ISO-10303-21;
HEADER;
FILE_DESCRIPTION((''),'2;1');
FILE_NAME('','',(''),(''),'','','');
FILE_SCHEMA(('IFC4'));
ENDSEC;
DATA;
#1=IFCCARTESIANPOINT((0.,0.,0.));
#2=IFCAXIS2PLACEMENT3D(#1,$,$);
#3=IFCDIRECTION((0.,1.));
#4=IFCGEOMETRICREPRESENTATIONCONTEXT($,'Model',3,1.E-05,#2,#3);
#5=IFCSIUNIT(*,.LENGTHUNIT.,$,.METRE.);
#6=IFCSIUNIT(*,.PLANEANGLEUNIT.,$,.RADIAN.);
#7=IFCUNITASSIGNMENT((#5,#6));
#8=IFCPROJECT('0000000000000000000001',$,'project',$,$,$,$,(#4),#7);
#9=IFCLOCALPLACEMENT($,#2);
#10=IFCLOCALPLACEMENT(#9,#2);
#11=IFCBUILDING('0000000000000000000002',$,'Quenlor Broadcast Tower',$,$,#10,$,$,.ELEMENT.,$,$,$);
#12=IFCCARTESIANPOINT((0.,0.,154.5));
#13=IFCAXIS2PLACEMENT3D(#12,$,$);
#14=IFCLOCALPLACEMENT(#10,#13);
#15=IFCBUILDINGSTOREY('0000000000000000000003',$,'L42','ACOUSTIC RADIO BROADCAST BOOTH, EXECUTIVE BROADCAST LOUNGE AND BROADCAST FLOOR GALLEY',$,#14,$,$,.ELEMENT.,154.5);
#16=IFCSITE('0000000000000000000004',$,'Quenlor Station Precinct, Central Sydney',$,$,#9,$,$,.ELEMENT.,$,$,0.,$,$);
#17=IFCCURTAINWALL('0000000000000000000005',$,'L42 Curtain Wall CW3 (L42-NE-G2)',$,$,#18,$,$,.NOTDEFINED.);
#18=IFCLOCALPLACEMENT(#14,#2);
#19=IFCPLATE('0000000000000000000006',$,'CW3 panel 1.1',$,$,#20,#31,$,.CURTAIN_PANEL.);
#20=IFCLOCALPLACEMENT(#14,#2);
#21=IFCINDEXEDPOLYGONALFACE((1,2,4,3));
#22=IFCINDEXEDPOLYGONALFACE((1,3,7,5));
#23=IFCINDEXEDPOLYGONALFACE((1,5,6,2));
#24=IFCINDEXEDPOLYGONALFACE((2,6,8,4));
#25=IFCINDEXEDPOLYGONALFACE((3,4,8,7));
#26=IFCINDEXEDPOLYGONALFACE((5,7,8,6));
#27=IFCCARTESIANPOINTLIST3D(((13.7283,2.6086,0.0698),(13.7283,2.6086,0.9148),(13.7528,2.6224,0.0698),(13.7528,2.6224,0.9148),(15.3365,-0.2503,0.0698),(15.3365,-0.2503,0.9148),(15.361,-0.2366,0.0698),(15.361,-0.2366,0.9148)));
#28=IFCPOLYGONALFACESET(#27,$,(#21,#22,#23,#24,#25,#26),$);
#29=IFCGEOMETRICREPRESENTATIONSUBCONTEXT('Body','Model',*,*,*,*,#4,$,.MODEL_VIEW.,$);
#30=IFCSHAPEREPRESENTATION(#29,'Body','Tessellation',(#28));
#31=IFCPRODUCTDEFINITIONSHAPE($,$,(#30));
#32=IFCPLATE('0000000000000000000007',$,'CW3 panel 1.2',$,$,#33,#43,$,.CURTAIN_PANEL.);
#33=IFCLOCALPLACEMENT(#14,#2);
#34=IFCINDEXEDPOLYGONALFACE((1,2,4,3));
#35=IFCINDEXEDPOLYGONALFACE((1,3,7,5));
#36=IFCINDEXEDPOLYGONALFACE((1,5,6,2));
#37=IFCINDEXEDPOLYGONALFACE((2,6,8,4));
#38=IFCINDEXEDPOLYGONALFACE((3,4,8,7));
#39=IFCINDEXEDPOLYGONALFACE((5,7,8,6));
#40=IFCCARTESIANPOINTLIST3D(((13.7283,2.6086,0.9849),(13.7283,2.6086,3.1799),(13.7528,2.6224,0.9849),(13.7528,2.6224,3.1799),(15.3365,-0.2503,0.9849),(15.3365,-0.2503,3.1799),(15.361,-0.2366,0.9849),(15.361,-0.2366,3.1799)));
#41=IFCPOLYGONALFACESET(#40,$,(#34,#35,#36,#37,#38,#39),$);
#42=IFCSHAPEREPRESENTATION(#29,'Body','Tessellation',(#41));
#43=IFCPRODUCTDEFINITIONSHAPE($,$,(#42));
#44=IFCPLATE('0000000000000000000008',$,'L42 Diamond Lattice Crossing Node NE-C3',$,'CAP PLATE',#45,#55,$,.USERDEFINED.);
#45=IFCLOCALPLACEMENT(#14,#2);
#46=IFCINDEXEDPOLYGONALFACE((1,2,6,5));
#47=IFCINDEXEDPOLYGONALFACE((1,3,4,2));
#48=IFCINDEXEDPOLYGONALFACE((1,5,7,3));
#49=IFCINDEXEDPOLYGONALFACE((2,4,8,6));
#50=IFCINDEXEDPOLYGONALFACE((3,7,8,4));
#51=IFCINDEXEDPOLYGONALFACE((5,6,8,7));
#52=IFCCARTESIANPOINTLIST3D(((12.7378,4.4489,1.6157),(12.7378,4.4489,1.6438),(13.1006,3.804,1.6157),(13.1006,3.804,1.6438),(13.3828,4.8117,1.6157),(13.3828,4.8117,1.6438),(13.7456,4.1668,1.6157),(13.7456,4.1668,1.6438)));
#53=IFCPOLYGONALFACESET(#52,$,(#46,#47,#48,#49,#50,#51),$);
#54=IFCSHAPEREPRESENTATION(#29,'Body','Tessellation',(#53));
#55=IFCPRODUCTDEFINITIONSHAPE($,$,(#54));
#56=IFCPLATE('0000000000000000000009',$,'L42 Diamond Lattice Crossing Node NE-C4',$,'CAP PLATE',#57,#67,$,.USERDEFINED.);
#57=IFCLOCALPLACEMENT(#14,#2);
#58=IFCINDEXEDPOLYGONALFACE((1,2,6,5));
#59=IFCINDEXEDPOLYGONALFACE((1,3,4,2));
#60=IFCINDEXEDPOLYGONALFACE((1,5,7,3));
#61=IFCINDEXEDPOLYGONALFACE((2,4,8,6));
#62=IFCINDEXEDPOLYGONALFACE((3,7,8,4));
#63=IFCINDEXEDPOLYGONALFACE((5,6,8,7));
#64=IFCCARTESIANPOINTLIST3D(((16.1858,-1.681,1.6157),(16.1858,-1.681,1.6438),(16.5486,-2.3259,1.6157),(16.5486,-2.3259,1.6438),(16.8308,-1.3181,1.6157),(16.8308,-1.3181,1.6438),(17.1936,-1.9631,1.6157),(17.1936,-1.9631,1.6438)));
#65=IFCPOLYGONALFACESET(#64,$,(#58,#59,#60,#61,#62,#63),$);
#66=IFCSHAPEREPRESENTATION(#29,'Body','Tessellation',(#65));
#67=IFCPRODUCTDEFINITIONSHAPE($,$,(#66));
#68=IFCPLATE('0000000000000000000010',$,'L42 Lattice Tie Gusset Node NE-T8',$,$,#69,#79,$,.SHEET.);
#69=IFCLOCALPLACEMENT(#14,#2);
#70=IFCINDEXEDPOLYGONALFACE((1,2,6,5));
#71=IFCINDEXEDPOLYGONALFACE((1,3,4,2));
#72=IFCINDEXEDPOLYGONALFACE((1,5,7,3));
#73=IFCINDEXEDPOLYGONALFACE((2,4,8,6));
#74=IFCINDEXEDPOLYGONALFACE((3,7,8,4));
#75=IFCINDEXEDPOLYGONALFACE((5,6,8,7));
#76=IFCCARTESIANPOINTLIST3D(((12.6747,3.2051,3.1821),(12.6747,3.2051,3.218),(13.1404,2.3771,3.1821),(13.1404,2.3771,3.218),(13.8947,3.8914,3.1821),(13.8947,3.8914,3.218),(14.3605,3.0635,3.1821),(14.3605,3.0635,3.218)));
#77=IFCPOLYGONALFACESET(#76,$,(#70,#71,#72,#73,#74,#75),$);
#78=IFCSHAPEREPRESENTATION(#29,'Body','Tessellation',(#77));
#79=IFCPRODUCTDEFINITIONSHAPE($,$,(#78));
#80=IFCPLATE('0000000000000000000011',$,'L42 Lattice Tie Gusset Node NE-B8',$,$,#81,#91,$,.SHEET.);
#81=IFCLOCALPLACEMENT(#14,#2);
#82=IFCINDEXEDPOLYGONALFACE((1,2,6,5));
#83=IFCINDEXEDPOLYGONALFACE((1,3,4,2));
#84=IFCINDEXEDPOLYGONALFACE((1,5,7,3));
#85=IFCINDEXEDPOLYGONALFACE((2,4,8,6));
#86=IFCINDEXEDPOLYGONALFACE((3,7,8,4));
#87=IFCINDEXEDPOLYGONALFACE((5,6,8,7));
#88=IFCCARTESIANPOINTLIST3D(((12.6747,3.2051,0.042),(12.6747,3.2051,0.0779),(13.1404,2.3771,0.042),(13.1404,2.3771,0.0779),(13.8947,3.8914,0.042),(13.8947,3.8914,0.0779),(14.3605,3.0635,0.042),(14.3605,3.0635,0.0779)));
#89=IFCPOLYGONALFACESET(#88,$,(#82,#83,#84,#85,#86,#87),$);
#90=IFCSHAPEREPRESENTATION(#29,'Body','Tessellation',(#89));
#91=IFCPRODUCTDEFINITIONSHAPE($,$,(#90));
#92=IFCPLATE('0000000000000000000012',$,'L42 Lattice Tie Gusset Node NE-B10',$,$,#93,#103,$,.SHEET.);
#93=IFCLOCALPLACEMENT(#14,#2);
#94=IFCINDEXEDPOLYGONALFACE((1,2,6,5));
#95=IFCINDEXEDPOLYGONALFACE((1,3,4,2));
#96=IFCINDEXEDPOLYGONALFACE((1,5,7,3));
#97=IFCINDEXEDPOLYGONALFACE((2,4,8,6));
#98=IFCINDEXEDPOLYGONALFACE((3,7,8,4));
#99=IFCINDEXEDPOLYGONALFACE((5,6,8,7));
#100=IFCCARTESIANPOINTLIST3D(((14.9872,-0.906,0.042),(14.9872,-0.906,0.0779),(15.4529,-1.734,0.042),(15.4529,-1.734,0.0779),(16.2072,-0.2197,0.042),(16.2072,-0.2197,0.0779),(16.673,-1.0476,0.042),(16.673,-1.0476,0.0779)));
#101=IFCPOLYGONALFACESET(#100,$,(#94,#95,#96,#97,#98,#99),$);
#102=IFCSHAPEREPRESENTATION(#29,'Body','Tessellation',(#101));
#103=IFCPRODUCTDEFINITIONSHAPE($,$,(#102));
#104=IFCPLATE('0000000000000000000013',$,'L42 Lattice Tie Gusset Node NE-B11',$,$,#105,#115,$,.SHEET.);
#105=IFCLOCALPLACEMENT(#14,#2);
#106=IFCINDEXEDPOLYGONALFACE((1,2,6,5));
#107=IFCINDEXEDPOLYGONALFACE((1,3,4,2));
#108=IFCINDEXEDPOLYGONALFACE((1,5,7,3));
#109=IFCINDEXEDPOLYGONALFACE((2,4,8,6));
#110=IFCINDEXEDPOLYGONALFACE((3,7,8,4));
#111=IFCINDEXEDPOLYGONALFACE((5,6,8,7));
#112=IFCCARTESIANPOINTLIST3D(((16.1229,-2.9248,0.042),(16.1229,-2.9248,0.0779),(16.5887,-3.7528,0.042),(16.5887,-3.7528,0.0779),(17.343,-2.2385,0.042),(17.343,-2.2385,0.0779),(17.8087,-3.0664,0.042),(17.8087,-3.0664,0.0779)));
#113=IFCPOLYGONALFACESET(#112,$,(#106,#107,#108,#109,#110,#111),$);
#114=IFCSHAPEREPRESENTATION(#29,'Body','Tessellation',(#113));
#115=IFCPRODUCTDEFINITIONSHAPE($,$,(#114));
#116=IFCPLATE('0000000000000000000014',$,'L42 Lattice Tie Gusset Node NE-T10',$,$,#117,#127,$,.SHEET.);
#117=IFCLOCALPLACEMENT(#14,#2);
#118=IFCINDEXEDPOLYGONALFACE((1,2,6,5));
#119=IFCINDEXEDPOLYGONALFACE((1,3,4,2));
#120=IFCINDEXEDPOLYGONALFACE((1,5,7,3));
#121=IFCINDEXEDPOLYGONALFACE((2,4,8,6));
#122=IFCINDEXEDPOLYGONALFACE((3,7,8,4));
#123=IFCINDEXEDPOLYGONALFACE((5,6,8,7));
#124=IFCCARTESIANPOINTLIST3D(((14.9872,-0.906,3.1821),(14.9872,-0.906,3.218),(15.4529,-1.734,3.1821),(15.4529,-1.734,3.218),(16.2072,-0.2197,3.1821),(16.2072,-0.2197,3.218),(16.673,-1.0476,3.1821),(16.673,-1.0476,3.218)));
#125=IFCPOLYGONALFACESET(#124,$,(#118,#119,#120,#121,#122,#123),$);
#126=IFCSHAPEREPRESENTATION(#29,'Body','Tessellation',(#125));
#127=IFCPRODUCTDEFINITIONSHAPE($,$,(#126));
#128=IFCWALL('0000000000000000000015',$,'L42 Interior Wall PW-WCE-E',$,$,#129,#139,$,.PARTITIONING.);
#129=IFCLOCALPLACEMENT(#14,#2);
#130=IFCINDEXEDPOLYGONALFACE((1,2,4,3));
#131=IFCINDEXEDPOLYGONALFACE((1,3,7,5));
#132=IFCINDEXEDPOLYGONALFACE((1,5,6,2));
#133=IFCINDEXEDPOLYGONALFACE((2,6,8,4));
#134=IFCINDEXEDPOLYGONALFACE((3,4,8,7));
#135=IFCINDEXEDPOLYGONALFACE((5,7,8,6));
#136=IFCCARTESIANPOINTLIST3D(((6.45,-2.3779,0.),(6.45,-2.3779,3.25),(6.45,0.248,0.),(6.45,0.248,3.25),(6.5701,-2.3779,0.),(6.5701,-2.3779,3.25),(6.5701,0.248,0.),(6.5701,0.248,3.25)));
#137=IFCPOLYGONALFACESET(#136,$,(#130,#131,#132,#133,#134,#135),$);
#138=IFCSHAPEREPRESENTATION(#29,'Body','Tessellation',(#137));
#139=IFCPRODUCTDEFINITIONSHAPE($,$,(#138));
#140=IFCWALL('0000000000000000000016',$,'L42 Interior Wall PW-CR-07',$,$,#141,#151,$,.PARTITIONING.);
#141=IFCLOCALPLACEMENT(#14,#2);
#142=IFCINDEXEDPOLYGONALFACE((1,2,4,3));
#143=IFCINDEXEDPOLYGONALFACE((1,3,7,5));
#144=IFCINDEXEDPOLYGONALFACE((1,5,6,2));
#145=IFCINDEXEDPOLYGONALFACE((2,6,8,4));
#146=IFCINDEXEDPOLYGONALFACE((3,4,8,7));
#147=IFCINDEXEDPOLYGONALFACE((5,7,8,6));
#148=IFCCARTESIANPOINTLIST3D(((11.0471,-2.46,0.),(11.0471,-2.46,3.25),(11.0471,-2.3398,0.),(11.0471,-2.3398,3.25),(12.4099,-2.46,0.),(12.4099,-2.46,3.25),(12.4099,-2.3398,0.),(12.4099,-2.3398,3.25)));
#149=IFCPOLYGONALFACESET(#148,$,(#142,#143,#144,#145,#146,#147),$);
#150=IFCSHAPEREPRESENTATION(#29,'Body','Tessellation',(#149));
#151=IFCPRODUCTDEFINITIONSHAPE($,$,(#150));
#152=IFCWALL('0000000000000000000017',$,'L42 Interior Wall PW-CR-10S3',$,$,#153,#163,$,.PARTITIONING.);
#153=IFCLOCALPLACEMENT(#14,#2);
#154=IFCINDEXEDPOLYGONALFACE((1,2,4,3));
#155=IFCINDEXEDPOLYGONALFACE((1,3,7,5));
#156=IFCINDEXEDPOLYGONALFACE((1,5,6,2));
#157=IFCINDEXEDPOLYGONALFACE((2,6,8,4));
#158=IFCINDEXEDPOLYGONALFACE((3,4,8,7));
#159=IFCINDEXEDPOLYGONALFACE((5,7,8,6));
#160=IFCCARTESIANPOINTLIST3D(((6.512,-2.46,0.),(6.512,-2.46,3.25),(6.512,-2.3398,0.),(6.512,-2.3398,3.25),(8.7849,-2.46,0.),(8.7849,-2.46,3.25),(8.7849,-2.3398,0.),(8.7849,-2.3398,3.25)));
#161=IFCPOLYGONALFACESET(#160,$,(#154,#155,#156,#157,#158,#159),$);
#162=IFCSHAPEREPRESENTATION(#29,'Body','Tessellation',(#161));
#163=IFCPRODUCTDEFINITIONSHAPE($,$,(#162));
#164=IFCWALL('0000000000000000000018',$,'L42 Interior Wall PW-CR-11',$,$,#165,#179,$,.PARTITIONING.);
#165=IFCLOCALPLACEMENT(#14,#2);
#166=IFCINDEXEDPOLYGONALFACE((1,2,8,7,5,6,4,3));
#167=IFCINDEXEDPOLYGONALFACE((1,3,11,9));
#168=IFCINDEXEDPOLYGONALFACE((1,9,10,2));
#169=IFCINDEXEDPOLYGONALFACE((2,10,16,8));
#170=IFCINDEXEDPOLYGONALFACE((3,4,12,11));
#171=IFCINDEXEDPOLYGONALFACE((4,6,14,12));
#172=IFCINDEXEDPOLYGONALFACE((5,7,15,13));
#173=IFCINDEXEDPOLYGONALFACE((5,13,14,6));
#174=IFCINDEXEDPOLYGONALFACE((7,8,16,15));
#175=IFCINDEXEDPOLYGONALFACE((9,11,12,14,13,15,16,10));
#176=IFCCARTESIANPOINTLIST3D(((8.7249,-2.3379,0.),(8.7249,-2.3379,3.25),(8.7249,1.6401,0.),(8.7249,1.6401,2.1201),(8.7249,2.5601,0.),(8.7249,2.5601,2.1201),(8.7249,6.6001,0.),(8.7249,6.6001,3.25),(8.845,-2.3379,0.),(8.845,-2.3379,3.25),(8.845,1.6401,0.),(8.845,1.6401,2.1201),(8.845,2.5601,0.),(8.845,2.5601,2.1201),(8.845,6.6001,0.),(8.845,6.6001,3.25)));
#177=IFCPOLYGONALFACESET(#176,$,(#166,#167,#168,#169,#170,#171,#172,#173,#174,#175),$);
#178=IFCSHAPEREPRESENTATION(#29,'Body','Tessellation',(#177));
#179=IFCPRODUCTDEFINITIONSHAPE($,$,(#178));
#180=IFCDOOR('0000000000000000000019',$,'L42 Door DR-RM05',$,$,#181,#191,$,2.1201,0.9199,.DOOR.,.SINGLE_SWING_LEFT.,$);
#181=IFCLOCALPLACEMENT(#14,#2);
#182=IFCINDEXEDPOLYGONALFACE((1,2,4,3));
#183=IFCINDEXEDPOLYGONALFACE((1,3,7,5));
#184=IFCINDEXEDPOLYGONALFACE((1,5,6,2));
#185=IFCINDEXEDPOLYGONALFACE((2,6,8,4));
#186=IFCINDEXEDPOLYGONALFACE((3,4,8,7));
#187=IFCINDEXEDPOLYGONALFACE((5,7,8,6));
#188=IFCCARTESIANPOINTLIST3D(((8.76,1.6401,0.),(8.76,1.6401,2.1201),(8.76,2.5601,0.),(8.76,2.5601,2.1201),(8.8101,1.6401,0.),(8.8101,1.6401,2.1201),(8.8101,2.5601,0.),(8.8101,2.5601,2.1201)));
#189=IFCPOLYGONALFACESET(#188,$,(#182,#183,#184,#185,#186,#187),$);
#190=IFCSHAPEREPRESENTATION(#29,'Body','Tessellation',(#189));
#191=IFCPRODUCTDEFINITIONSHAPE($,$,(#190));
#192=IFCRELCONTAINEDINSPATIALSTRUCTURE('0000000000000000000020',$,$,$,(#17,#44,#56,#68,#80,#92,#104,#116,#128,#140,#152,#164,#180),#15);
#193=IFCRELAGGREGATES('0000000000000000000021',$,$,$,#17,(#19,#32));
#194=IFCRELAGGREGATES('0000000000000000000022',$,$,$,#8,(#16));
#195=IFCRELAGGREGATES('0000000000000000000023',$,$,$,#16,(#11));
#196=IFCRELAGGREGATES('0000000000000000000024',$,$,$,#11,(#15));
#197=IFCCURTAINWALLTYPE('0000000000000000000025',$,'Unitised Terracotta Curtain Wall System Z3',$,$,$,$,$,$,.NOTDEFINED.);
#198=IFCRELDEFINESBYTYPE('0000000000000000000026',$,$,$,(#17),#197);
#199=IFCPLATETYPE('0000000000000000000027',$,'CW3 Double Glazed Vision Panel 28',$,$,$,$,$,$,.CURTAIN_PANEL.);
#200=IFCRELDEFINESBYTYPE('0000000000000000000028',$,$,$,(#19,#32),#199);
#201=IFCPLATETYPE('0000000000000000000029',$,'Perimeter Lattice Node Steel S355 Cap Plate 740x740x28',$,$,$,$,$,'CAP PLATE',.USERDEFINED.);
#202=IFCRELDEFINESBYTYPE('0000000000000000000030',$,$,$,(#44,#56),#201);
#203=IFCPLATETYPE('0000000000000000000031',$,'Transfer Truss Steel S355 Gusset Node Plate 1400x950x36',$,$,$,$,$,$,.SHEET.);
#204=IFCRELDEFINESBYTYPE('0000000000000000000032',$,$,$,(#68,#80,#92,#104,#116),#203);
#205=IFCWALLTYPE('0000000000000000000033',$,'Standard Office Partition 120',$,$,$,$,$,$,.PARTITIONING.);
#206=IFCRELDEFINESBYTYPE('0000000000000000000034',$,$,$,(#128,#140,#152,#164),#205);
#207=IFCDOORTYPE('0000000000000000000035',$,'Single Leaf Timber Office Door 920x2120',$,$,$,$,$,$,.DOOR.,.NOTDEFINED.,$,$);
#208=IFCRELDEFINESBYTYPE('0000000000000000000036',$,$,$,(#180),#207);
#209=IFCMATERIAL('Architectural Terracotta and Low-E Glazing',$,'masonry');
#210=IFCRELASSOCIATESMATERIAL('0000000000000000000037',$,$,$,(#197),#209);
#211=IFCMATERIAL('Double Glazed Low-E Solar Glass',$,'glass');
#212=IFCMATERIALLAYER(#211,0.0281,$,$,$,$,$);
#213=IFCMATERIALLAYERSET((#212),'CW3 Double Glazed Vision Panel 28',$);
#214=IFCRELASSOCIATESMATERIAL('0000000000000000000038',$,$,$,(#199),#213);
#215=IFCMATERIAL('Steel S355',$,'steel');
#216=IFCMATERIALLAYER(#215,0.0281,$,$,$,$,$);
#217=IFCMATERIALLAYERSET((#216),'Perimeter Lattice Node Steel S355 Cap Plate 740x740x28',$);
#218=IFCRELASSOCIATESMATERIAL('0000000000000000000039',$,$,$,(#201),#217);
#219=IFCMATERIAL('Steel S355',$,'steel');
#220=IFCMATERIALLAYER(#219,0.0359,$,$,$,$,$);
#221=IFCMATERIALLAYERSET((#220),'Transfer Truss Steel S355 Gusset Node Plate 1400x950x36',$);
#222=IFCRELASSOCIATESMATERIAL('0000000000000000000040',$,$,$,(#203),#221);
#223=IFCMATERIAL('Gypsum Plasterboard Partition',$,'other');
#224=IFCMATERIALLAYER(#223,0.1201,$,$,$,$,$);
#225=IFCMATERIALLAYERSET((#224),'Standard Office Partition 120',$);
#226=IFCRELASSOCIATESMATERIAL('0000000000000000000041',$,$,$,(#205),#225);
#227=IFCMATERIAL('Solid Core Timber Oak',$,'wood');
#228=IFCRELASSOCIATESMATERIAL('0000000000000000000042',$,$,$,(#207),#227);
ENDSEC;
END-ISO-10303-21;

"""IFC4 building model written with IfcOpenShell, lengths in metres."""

from ifc_helpers import new_model, si_unit, direction, frame, frame_2d, origin, origin_2d, place, context, subcontext, project, spatial, rectangle, extrude, material, layer, layer_set, type_object, element, fill, aggregate, save


model = new_model("IFC4")

# Units and contexts
model_context = context("Model", 3, precision=1e-05, world=origin(), true_north=direction((0.0, 1.0)))
body_context = subcontext(model_context, "Body", "Model", "MODEL_VIEW")
ifc_project = project(units=[si_unit("LENGTHUNIT", "METRE"), si_unit("PLANEANGLEUNIT", "RADIAN")], contexts=[model_context])

# Site, building, storey
site_placement = place(None, origin())
site = spatial("IfcSite", under=ifc_project, at=site_placement, Name="Quenlor Station Precinct, Central Sydney", CompositionType="ELEMENT", RefElevation=0.0)
building_placement = place(site_placement, origin())
building = spatial("IfcBuilding", under=site, at=building_placement, Name="Quenlor Broadcast Tower", CompositionType="ELEMENT")
storey_placement = place(building_placement, frame((0.0, 0.0, 154.5)))
storey = spatial("IfcBuildingStorey", under=building, at=storey_placement, Name="L42", Description="ACOUSTIC RADIO BROADCAST BOOTH, EXECUTIVE BROADCAST LOUNGE AND BROADCAST FLOOR GALLEY", CompositionType="ELEMENT", Elevation=154.5)

# Curtain wall
ifc_material_1 = material(Name="Architectural Terracotta and Low-E Glazing", Category="masonry")
curtain_wall_type = type_object("IfcCurtainWallType", Name="Unitised Terracotta Curtain Wall System Z3", PredefinedType="NOTDEFINED", material=ifc_material_1)
curtain_wall_placement = place(storey_placement, origin())
curtain_wall = element("IfcCurtainWall", 1, at=curtain_wall_placement, inside=storey, type_object=curtain_wall_type, Name="L42 Curtain Wall CW3 (L42-NE-G2)", PredefinedType="NOTDEFINED")

# Plates
ifc_material_2 = material(Name="Double Glazed Low-E Solar Glass", Category="glass")
ifc_layer_1 = layer(ifc_material_2, 0.0281)
ifc_layer_set_1 = layer_set([ifc_layer_1], Name="CW3 Double Glazed Vision Panel 28")
plate_type_1 = type_object("IfcPlateType", Name="CW3 Double Glazed Vision Panel 28", PredefinedType="CURTAIN_PANEL", material=ifc_layer_set_1)
plate_1_placement = place(storey_placement, frame((14.5447, 1.186, 0.0698), z_axis=(0.0, 0.0, 1.0), x_axis=(0.490268, -0.871572, 0.0)))
plate_1 = element("IfcPlate", 2, at=plate_1_placement, type_object=plate_type_1, Name="CW3 panel 1.1", PredefinedType="CURTAIN_PANEL", context=body_context, shape_type="SweptSolid", body=[
    extrude(rectangle(XDim=3.2803, YDim=0.0281, at=origin_2d()), origin(), (0.0, 0.0, 1.0), 0.845),
])
plate_2_placement = place(storey_placement, frame((14.5447, 1.186, 0.9849), z_axis=(0.0, 0.0, 1.0), x_axis=(0.490268, -0.871572, 0.0)))
plate_2 = element("IfcPlate", 3, at=plate_2_placement, type_object=plate_type_1, Name="CW3 panel 1.2", PredefinedType="CURTAIN_PANEL", context=body_context, shape_type="SweptSolid", body=[
    extrude(rectangle(XDim=3.2803, YDim=0.0281, at=origin_2d()), origin(), (0.0, 0.0, 1.0), 2.1951),
])
aggregate(curtain_wall, [plate_1, plate_2])

# Plates
ifc_material_3 = material(Name="Steel S355", Category="steel")
ifc_layer_2 = layer(ifc_material_3, 0.0281)
ifc_layer_set_2 = layer_set([ifc_layer_2], Name="Perimeter Lattice Node Steel S355 Cap Plate 740x740x28")
plate_type_2 = type_object("IfcPlateType", Name="Perimeter Lattice Node Steel S355 Cap Plate 740x740x28", ElementType="CAP PLATE", PredefinedType="USERDEFINED", material=ifc_layer_set_2)
for number, where, z_axis, x_axis, name in (
    (4, (13.2417, 4.3079, 1.6157), (0.0, 0.0, 1.0), (0.490295, -0.871556, 0.0), "L42 Diamond Lattice Crossing Node NE-C3"),
    (5, (16.6897, -1.822, 1.6157), (0.0, 0.0, 1.0), (0.490295, -0.871556, 0.0), "L42 Diamond Lattice Crossing Node NE-C4"),
):
    element("IfcPlate", number, at=place(storey_placement, frame(where, z_axis=z_axis, x_axis=x_axis)), inside=storey, type_object=plate_type_2, Name=name, ObjectType="CAP PLATE", PredefinedType="USERDEFINED", context=body_context, shape_type="SweptSolid", body=[
        extrude(rectangle(XDim=0.74, YDim=0.74, at=origin_2d()), origin(), (0.0, 0.0, 1.0), 0.0281),
    ])
ifc_material_4 = material(Name="Steel S355", Category="steel")
ifc_layer_3 = layer(ifc_material_4, 0.0359)
ifc_layer_set_3 = layer_set([ifc_layer_3], Name="Transfer Truss Steel S355 Gusset Node Plate 1400x950x36")
plate_type_3 = type_object("IfcPlateType", Name="Transfer Truss Steel S355 Gusset Node Plate 1400x950x36", PredefinedType="SHEET", material=ifc_layer_set_3)
for number, where, z_axis, x_axis, name in (
    (6, (13.5176, 3.1343, 3.1821), (0.0, 0.0, 1.0), (0.871556, 0.490295, 0.0), "L42 Lattice Tie Gusset Node NE-T8"),
    (7, (13.5176, 3.1343, 0.042), (0.0, 0.0, 1.0), (0.871556, 0.490295, 0.0), "L42 Lattice Tie Gusset Node NE-B8"),
    (8, (15.8301, -0.9768, 0.042), (0.0, 0.0, 1.0), (0.871556, 0.490295, 0.0), "L42 Lattice Tie Gusset Node NE-B10"),
    (9, (16.9658, -2.9956, 0.042), (0.0, 0.0, 1.0), (0.871556, 0.490295, 0.0), "L42 Lattice Tie Gusset Node NE-B11"),
    (10, (15.8301, -0.9768, 3.1821), (0.0, 0.0, 1.0), (0.871556, 0.490295, 0.0), "L42 Lattice Tie Gusset Node NE-T10"),
):
    element("IfcPlate", number, at=place(storey_placement, frame(where, z_axis=z_axis, x_axis=x_axis)), inside=storey, type_object=plate_type_3, Name=name, PredefinedType="SHEET", context=body_context, shape_type="SweptSolid", body=[
        extrude(rectangle(XDim=1.3999, YDim=0.95, at=origin_2d()), origin(), (0.0, 0.0, 1.0), 0.0359),
    ])

# Walls
ifc_material_5 = material(Name="Gypsum Plasterboard Partition", Category="other")
ifc_layer_4 = layer(ifc_material_5, 0.1201)
ifc_layer_set_4 = layer_set([ifc_layer_4], Name="Standard Office Partition 120")
wall_type_1 = type_object("IfcWallType", Name="Standard Office Partition 120", PredefinedType="PARTITIONING", material=ifc_layer_set_4)
wall_1_placement = place(storey_placement, frame((6.51, -2.3779, 0.0), z_axis=(0.0, 0.0, 1.0), x_axis=(0.0, 1.0, 0.0)))
element("IfcWall", 11, at=wall_1_placement, inside=storey, type_object=wall_type_1, Name="L42 Interior Wall PW-WCE-E", PredefinedType="PARTITIONING", context=body_context, shape_type="SweptSolid", body=[
    extrude(rectangle(XDim=2.626, YDim=0.1201, at=frame_2d((1.313, 0.0))), origin(), (0.0, 0.0, 1.0), 3.25),
])
wall_2_placement = place(storey_placement, frame((11.0471, -2.3999, 0.0), z_axis=(0.0, 0.0, 1.0), x_axis=(1.0, 0.0, 0.0)))
element("IfcWall", 12, at=wall_2_placement, inside=storey, type_object=wall_type_1, Name="L42 Interior Wall PW-CR-07", PredefinedType="PARTITIONING", context=body_context, shape_type="SweptSolid", body=[
    extrude(rectangle(XDim=1.3628, YDim=0.1201, at=frame_2d((0.6814, 0.0))), origin(), (0.0, 0.0, 1.0), 3.25),
])

# Shared definitions
ifc_material_6 = material(Name="Solid Core Timber Oak", Category="wood")
door_type = type_object("IfcDoorType", Name="Single Leaf Timber Office Door 920x2120", OperationType="NOTDEFINED", PredefinedType="DOOR", material=ifc_material_6)

# Wall
wall_3_placement = place(storey_placement, frame((6.512, -2.3999, 0.0), z_axis=(0.0, 0.0, 1.0), x_axis=(1.0, 0.0, 0.0)))
element("IfcWall", 13, at=wall_3_placement, inside=storey, type_object=wall_type_1, Name="L42 Interior Wall PW-CR-10S3", PredefinedType="PARTITIONING", context=body_context, shape_type="SweptSolid", body=[
    extrude(rectangle(XDim=2.2729, YDim=0.1201, at=frame_2d((1.1365, 0.0))), origin(), (0.0, 0.0, 1.0), 3.25),
])

# Wall, opening, door
wall_4_placement = place(storey_placement, frame((8.7849, -2.3379, 0.0), z_axis=(0.0, 0.0, 1.0), x_axis=(0.0, 1.0, 0.0)))
wall_4 = element("IfcWall", 14, at=wall_4_placement, inside=storey, type_object=wall_type_1, Name="L42 Interior Wall PW-CR-11", PredefinedType="PARTITIONING", context=body_context, shape_type="SweptSolid", body=[
    extrude(rectangle(XDim=8.938, YDim=0.1201, at=frame_2d((4.469, 0.0))), origin(), (0.0, 0.0, 1.0), 3.25),
])
opening_1_placement = place(wall_4_placement, frame((3.978, 0.0, 0.0)))
opening_1 = element("IfcOpeningElement", 15, at=opening_1_placement, cuts=wall_4, PredefinedType="OPENING", context=body_context, shape_type="SweptSolid", body=[
    extrude(rectangle(XDim=0.9199, YDim=2.1201, at=frame_2d((0.46, 1.0601))), frame((0.0, 0.0701, 0.0), z_axis=(0.0, -1.0, 0.0), x_axis=(1.0, 0.0, 0.0)), (0.0, 0.0, 1.0), 0.1401),
])
door_1_placement = place(opening_1_placement, origin())
door_1 = element("IfcDoor", 16, at=door_1_placement, inside=storey, type_object=door_type, Name="L42 Door DR-RM05", OperationType="SINGLE_SWING_LEFT", OverallHeight=2.1201, OverallWidth=0.9199, PredefinedType="DOOR", context=body_context, shape_type="SweptSolid", body=[
    extrude(rectangle(XDim=0.9199, YDim=2.1201, at=frame_2d((0.46, 1.0601))), frame((0.0, 0.0249, 0.0), z_axis=(0.0, -1.0, 0.0), x_axis=(1.0, 0.0, 0.0)), (0.0, 0.0, 1.0), 0.05),
])
fill(opening_1, door_1)

save(model, "model.ifc")
